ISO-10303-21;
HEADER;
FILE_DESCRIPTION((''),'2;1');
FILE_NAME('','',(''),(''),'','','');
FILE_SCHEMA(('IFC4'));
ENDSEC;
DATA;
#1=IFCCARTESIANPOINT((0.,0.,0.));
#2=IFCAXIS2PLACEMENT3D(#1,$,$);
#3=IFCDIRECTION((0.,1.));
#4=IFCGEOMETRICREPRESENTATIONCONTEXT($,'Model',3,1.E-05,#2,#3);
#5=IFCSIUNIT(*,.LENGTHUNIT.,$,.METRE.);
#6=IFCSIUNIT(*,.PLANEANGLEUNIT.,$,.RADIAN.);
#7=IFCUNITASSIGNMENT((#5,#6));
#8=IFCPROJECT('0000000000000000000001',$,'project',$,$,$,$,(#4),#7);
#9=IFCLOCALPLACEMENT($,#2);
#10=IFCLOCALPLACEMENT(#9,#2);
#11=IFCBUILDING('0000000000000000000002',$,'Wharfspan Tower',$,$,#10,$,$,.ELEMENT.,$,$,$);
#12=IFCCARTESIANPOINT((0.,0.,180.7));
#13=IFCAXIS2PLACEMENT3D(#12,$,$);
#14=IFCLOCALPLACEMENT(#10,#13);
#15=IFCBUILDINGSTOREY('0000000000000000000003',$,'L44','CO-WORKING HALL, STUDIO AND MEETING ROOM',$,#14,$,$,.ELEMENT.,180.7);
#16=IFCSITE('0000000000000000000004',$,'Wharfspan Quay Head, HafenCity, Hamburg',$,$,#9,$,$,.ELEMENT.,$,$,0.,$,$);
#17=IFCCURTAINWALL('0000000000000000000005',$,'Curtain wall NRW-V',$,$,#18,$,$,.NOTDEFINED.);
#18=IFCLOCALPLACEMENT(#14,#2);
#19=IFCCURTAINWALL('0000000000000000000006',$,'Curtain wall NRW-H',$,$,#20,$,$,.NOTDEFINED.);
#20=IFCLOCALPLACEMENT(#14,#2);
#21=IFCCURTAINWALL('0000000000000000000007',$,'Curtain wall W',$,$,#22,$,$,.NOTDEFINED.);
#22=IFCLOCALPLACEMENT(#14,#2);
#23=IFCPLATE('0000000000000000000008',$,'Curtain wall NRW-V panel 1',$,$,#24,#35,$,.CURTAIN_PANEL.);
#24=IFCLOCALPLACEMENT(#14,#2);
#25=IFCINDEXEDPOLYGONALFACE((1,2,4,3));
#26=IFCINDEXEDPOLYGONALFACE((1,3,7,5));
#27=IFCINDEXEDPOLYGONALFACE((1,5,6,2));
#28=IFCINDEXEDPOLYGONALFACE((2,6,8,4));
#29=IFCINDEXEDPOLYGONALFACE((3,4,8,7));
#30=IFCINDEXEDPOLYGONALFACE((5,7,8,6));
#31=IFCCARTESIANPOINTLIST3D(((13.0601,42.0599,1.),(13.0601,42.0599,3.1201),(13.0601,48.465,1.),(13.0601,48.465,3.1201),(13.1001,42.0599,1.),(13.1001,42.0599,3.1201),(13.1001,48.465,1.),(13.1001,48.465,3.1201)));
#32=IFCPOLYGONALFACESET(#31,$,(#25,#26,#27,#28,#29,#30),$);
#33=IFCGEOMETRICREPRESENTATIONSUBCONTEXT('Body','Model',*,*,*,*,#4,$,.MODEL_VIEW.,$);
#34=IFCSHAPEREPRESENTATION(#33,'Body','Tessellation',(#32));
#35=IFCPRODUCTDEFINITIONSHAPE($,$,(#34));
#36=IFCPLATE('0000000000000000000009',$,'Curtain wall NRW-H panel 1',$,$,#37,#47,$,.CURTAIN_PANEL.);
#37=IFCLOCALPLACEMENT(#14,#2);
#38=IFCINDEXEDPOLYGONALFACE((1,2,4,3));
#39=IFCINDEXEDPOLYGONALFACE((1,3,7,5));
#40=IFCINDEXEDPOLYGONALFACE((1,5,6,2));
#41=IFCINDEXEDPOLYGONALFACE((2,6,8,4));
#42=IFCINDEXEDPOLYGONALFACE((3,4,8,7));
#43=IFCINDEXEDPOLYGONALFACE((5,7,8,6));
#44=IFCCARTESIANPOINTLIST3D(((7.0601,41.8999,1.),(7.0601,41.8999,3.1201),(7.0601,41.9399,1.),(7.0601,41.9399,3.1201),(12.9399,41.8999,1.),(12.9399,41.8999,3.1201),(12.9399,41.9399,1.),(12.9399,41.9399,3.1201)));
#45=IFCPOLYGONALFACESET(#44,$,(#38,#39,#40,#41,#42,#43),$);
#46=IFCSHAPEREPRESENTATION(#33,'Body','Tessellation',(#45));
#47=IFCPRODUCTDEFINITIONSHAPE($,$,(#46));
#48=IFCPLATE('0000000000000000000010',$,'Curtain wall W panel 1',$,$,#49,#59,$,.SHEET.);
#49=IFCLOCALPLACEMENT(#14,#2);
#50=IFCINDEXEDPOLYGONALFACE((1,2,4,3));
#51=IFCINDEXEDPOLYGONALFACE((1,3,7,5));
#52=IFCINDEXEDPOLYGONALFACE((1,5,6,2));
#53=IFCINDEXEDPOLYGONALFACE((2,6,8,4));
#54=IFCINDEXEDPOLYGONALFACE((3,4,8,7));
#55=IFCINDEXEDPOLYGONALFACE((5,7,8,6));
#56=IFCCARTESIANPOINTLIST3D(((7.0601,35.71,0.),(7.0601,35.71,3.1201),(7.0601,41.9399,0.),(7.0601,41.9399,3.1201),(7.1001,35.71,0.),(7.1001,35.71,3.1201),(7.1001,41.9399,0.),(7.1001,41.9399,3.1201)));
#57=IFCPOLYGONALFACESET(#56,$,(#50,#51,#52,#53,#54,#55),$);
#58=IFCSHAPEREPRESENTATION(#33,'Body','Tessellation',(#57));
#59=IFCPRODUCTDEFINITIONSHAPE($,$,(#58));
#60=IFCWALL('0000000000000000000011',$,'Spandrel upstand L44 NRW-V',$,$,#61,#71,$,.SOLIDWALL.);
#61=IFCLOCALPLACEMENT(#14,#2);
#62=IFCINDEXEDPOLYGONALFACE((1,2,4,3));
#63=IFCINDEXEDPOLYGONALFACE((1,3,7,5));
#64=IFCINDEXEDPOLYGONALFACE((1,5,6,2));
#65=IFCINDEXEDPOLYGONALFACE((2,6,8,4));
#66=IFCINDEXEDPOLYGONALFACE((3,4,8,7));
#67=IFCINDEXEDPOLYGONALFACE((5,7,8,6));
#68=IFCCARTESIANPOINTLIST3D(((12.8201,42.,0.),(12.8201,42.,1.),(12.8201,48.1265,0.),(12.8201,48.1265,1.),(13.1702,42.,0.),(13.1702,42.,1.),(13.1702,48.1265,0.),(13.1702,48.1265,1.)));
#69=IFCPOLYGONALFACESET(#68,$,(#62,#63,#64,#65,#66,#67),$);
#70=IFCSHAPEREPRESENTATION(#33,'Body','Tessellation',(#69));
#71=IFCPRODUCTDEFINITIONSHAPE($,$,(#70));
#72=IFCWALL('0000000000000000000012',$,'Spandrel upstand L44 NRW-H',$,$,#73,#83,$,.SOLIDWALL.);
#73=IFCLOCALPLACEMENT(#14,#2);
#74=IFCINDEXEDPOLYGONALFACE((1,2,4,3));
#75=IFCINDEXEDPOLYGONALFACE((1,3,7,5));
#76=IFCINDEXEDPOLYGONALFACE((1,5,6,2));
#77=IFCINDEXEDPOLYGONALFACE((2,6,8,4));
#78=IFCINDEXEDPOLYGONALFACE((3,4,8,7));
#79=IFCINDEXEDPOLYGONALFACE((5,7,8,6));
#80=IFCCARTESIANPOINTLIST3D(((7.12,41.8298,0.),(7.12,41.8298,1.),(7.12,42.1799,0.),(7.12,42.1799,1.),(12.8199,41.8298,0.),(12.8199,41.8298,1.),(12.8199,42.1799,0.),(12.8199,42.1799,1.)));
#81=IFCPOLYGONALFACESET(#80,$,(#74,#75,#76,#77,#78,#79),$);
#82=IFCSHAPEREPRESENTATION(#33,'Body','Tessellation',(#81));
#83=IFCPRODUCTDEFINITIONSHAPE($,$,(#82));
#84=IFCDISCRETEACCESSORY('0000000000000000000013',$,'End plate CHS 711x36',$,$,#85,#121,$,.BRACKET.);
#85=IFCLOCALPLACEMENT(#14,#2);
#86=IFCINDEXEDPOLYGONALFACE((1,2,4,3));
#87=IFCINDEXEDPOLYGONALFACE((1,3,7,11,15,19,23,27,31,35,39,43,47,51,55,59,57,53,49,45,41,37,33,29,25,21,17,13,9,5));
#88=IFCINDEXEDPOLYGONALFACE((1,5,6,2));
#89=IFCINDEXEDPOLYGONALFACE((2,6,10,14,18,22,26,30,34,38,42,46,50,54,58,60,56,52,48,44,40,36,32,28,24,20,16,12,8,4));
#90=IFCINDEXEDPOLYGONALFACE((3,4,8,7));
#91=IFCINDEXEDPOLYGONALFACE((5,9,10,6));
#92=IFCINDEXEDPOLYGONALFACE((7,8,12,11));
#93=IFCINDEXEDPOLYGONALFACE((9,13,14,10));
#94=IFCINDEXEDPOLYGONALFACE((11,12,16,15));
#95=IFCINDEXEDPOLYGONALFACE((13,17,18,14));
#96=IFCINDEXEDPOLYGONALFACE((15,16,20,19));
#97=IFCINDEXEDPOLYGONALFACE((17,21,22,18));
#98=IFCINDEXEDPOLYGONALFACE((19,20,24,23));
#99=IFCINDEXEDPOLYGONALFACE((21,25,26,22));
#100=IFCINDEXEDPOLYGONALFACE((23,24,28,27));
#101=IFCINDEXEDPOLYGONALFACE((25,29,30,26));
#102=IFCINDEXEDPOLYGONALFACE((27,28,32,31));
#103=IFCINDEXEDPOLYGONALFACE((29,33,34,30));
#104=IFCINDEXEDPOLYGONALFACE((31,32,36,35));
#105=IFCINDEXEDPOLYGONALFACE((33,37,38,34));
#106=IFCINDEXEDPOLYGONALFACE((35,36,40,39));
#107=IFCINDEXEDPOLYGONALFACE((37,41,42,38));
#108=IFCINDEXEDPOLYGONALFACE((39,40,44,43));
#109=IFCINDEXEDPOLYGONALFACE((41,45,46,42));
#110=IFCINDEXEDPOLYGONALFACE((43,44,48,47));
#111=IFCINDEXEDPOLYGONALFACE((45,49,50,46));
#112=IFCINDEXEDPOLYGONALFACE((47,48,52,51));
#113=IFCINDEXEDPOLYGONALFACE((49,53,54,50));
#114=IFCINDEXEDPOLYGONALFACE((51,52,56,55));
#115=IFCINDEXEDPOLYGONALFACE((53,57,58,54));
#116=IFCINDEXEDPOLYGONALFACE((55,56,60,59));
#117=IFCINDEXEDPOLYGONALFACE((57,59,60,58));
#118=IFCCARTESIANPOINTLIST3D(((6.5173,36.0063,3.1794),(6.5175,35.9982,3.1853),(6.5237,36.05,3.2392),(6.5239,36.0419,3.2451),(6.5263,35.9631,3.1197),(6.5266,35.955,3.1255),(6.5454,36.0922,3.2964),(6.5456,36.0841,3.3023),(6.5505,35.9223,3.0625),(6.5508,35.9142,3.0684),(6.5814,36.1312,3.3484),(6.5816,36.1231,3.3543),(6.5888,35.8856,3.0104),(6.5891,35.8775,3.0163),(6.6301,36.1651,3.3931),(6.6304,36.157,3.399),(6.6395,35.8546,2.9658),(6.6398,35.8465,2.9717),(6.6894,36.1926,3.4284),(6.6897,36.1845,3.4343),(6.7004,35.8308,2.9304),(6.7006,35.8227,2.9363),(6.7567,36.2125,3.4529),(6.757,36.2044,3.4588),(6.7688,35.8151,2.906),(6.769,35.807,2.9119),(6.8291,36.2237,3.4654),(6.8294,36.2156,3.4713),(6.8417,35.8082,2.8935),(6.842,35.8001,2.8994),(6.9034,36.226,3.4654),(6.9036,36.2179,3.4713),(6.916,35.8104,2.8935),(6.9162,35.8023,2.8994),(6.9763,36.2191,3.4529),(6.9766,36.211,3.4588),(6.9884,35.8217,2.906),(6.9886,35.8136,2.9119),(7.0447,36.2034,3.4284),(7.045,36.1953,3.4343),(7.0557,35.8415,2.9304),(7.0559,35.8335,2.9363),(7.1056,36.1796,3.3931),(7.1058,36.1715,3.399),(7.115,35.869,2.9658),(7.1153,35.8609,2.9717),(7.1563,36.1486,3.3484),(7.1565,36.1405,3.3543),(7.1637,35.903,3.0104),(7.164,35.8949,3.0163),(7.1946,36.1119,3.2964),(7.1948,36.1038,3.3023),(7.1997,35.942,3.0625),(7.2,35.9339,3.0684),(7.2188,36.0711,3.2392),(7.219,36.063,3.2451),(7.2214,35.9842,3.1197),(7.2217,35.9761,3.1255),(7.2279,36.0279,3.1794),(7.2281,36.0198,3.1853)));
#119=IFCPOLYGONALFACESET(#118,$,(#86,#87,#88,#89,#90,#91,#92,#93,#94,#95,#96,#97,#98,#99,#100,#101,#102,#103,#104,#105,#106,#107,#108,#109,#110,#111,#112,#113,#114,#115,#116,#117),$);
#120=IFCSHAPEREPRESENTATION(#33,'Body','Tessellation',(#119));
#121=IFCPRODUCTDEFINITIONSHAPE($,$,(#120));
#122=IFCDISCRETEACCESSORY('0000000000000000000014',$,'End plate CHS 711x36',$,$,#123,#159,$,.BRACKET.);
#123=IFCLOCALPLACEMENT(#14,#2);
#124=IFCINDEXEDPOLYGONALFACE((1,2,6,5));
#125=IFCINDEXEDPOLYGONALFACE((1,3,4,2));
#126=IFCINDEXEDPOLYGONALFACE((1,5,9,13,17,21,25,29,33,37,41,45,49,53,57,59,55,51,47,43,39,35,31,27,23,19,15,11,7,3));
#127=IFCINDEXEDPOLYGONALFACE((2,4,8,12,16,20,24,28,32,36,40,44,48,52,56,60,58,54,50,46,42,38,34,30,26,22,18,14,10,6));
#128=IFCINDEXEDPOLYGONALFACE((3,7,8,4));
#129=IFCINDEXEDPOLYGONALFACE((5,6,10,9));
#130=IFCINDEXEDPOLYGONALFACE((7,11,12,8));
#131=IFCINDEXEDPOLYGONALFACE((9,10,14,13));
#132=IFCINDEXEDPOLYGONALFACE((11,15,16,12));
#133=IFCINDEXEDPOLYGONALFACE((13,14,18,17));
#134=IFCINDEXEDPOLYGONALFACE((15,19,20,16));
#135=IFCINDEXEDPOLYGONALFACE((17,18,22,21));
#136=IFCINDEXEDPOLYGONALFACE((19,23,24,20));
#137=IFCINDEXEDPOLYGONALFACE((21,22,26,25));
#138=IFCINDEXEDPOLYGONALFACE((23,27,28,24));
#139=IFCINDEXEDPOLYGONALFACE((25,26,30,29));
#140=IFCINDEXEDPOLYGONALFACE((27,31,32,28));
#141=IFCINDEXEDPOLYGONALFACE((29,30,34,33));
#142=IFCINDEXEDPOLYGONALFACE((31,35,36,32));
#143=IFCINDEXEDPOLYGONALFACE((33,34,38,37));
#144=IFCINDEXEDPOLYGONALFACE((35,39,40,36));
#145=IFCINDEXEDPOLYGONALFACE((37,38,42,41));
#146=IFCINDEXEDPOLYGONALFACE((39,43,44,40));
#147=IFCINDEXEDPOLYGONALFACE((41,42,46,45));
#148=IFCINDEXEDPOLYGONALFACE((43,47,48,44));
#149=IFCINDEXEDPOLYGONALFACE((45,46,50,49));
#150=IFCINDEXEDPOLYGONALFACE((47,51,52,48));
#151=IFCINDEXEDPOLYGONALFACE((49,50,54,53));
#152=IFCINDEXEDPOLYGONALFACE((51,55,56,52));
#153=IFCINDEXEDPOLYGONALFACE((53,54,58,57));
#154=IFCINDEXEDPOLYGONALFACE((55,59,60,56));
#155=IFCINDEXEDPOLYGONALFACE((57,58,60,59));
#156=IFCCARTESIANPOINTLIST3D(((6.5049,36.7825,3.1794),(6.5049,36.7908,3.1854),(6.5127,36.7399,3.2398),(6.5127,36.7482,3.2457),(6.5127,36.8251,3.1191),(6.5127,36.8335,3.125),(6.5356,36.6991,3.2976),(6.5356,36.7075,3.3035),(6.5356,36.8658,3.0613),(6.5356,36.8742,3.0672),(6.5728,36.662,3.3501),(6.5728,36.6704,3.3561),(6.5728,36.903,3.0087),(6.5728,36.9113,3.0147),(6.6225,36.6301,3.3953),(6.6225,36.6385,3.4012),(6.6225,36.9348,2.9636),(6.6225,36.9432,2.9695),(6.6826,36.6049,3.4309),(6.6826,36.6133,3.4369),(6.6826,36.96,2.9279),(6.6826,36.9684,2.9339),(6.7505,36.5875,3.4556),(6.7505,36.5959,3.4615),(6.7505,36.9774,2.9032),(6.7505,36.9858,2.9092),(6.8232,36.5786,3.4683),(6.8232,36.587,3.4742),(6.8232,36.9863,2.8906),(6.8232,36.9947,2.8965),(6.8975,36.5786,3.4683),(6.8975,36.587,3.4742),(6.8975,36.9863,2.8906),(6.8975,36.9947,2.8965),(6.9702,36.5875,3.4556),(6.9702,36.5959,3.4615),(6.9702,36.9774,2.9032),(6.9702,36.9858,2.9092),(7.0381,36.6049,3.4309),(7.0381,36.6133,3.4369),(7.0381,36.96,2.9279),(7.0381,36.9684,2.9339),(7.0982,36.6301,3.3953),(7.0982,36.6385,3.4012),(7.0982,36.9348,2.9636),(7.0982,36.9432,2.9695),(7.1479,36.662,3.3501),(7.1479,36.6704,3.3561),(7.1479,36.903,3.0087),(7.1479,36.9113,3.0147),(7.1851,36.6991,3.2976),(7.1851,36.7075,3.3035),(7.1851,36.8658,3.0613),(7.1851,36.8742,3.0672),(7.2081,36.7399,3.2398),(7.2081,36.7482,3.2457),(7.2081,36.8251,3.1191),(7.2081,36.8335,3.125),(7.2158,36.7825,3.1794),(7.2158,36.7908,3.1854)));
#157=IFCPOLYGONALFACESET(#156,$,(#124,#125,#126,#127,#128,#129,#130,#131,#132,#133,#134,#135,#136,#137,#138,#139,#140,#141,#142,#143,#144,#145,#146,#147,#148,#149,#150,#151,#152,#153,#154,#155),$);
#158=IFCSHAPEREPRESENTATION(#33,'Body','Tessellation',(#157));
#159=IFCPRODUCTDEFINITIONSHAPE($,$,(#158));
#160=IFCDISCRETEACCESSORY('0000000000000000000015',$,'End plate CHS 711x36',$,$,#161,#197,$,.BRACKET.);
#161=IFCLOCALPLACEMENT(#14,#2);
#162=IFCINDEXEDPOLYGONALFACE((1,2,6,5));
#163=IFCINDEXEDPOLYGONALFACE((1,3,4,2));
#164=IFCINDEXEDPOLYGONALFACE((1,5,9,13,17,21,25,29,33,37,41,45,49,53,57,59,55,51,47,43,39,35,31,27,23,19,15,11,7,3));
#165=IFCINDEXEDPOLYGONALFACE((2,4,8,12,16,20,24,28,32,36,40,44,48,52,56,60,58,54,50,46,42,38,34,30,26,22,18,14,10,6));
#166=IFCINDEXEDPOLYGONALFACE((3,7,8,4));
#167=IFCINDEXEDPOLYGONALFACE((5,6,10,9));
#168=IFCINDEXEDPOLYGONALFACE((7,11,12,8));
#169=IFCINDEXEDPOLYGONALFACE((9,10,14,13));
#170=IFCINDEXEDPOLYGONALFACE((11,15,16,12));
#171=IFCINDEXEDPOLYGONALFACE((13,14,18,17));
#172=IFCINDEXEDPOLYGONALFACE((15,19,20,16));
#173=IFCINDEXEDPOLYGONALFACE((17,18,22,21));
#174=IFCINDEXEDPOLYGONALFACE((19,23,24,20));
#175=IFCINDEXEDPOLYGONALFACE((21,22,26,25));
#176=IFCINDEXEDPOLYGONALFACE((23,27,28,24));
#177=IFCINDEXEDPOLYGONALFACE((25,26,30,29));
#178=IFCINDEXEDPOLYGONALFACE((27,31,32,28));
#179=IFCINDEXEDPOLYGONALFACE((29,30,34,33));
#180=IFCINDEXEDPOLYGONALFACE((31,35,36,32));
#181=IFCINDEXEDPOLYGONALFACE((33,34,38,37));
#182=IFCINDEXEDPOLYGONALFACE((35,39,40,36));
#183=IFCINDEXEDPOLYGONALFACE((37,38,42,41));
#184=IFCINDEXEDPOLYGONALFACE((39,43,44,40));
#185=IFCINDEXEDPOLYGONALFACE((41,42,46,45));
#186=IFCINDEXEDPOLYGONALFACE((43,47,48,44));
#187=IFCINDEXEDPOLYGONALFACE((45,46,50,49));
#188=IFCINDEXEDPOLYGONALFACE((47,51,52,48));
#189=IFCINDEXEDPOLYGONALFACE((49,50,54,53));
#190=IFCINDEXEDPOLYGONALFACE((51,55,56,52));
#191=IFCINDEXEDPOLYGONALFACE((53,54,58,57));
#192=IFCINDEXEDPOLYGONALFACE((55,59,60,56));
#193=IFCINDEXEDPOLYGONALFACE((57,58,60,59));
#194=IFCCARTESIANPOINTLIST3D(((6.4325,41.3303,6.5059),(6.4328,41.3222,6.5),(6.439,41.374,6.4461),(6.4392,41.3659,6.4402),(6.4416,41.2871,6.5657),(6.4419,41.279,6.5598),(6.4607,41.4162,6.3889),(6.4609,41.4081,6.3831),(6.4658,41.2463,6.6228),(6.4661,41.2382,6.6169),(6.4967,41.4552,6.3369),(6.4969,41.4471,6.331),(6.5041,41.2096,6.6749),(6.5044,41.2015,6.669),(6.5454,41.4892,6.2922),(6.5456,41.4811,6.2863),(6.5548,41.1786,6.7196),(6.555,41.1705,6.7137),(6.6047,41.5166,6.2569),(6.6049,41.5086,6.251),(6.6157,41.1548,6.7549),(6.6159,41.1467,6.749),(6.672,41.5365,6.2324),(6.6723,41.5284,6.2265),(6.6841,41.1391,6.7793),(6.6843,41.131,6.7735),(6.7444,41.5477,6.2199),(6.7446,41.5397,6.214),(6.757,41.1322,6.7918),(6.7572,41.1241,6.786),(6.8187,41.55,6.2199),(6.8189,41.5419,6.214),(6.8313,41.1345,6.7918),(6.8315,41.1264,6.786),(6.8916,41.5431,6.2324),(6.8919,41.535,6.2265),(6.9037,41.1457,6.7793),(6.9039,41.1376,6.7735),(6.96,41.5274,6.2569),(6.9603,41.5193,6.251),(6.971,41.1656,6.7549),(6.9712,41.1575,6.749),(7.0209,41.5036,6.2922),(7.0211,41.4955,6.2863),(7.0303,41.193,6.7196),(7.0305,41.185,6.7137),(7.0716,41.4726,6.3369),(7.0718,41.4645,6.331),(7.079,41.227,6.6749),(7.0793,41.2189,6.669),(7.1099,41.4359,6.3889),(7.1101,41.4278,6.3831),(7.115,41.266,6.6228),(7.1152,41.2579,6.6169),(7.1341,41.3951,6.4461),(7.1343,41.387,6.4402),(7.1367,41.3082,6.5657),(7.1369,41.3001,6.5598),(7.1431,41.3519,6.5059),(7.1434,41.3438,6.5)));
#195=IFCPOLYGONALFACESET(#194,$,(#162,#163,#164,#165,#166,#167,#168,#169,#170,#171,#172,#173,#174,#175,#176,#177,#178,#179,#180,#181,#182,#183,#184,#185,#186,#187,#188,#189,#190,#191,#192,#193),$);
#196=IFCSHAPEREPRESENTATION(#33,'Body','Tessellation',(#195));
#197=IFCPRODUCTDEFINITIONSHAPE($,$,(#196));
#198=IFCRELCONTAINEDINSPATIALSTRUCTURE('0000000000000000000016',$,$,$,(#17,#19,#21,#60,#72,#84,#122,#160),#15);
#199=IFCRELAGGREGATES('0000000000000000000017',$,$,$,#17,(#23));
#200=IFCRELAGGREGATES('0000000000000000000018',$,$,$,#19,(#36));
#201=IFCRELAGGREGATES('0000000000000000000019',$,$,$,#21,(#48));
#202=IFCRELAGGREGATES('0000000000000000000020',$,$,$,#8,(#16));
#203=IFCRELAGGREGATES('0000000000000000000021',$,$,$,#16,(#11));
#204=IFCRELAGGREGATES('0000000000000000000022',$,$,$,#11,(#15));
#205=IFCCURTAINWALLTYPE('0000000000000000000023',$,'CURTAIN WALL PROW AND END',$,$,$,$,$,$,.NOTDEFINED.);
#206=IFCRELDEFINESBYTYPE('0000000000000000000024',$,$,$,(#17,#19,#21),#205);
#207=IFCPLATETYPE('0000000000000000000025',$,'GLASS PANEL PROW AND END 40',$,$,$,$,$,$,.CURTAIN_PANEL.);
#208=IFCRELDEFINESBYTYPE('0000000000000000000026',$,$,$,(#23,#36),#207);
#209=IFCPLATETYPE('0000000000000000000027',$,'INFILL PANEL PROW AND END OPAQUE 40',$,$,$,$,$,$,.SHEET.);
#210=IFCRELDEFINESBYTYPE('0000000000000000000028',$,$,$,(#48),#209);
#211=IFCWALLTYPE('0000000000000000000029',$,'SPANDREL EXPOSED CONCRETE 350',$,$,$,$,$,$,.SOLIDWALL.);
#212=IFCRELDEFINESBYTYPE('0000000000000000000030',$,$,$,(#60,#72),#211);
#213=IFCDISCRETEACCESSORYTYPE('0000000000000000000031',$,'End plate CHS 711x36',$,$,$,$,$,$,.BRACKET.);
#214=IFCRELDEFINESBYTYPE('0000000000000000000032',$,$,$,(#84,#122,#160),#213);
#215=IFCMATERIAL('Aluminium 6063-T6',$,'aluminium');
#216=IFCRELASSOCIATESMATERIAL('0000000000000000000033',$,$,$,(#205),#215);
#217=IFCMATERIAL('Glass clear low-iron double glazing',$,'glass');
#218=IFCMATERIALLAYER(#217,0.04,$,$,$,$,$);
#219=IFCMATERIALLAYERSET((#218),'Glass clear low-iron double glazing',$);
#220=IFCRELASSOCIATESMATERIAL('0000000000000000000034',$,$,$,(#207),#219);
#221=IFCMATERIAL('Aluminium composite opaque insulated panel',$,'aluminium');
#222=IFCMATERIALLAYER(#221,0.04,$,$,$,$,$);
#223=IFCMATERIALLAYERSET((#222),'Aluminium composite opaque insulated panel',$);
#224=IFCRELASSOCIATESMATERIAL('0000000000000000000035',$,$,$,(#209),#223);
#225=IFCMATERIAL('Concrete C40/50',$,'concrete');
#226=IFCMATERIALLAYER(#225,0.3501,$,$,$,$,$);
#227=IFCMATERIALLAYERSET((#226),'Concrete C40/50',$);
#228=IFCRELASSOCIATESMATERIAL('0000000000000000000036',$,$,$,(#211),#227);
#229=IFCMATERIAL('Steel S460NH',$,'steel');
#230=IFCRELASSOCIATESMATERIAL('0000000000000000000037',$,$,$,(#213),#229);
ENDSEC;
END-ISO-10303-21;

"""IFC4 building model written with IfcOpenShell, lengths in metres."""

from ifc_helpers import new_model, si_unit, direction, frame, frame_2d, origin, origin_2d, place, context, subcontext, project, spatial, rectangle, circle, extrude, material, layer, layer_set, material_profile, profile_set, type_object, element, aggregate, save


model = new_model("IFC4")

# Units and contexts
model_context = context("Model", 3, precision=1e-05, world=origin(), true_north=direction((0.0, 1.0)))
body_context = subcontext(model_context, "Body", "Model", "MODEL_VIEW")
ifc_project = project(units=[si_unit("LENGTHUNIT", "METRE"), si_unit("PLANEANGLEUNIT", "RADIAN")], contexts=[model_context])

# Site, building, storey
site_placement = place(None, origin())
site = spatial("IfcSite", under=ifc_project, at=site_placement, Name="Wharfspan Quay Head, HafenCity, Hamburg", CompositionType="ELEMENT", RefElevation=0.0)
building_placement = place(site_placement, origin())
building = spatial("IfcBuilding", under=site, at=building_placement, Name="Wharfspan Tower", CompositionType="ELEMENT")
storey_placement = place(building_placement, frame((0.0, 0.0, 180.7)))
storey = spatial("IfcBuildingStorey", under=building, at=storey_placement, Name="L44", Description="CO-WORKING HALL, STUDIO AND MEETING ROOM", CompositionType="ELEMENT", Elevation=180.7)

# Curtain walls
ifc_material_1 = material(Name="Aluminium 6063-T6", Category="aluminium")
curtain_wall_type = type_object("IfcCurtainWallType", Name="CURTAIN WALL PROW AND END", PredefinedType="NOTDEFINED", material=ifc_material_1)
curtain_wall_1_placement = place(storey_placement, origin())
curtain_wall_1 = element("IfcCurtainWall", 1, at=curtain_wall_1_placement, inside=storey, type_object=curtain_wall_type, Name="Curtain wall NRW-V", PredefinedType="NOTDEFINED")
curtain_wall_2_placement = place(storey_placement, origin())
curtain_wall_2 = element("IfcCurtainWall", 2, at=curtain_wall_2_placement, inside=storey, type_object=curtain_wall_type, Name="Curtain wall NRW-H", PredefinedType="NOTDEFINED")
curtain_wall_3_placement = place(storey_placement, origin())
curtain_wall_3 = element("IfcCurtainWall", 3, at=curtain_wall_3_placement, inside=storey, type_object=curtain_wall_type, Name="Curtain wall W", PredefinedType="NOTDEFINED")

# Shared definitions
ifc_material_2 = material(Name="Steel S460NH", Category="steel")

# Plates
ifc_material_3 = material(Name="Glass clear low-iron double glazing", Category="glass")
ifc_layer_1 = layer(ifc_material_3, 0.04)
ifc_layer_set_1 = layer_set([ifc_layer_1], Name="Glass clear low-iron double glazing")
plate_type_1 = type_object("IfcPlateType", Name="GLASS PANEL PROW AND END 40", PredefinedType="CURTAIN_PANEL", material=ifc_layer_set_1)
plate_1_placement = place(storey_placement, frame((13.0801, 45.2625, 1.0), z_axis=(0.0, 0.0, 1.0), x_axis=(0.0, -1.0, 0.0)))
plate_1 = element("IfcPlate", 4, at=plate_1_placement, type_object=plate_type_1, Name="Curtain wall NRW-V panel 1", PredefinedType="CURTAIN_PANEL", context=body_context, shape_type="SweptSolid", body=[
    extrude(rectangle(XDim=6.405, YDim=0.04, at=origin_2d()), origin(), (0.0, 0.0, 1.0), 2.1201),
])
aggregate(curtain_wall_1, [plate_1])
plate_2_placement = place(storey_placement, frame((10.0, 41.9199, 1.0), z_axis=(0.0, 0.0, 1.0), x_axis=(-1.0, 0.0, 0.0)))
plate_2 = element("IfcPlate", 5, at=plate_2_placement, type_object=plate_type_1, Name="Curtain wall NRW-H panel 1", PredefinedType="CURTAIN_PANEL", context=body_context, shape_type="SweptSolid", body=[
    extrude(rectangle(XDim=5.8799, YDim=0.04, at=origin_2d()), origin(), (0.0, 0.0, 1.0), 2.1201),
])
aggregate(curtain_wall_2, [plate_2])
ifc_material_4 = material(Name="Aluminium composite opaque insulated panel", Category="aluminium")
ifc_layer_2 = layer(ifc_material_4, 0.04)
ifc_layer_set_2 = layer_set([ifc_layer_2], Name="Aluminium composite opaque insulated panel")
plate_type_2 = type_object("IfcPlateType", Name="INFILL PANEL PROW AND END OPAQUE 40", PredefinedType="SHEET", material=ifc_layer_set_2)
plate_3_placement = place(storey_placement, frame((7.0801, 38.825, 0.0), z_axis=(0.0, 0.0, 1.0), x_axis=(0.0, -1.0, 0.0)))
plate_3 = element("IfcPlate", 6, at=plate_3_placement, type_object=plate_type_2, Name="Curtain wall W panel 1", PredefinedType="SHEET", context=body_context, shape_type="SweptSolid", body=[
    extrude(rectangle(XDim=6.23, YDim=0.04, at=origin_2d()), origin(), (0.0, 0.0, 1.0), 3.1201),
])
aggregate(curtain_wall_3, [plate_3])

# Walls
ifc_material_5 = material(Name="Concrete C40/50", Category="concrete")
ifc_layer_3 = layer(ifc_material_5, 0.3501)
ifc_layer_set_3 = layer_set([ifc_layer_3], Name="Concrete C40/50")
wall_type = type_object("IfcWallType", Name="SPANDREL EXPOSED CONCRETE 350", PredefinedType="SOLIDWALL", material=ifc_layer_set_3)
wall_1_placement = place(storey_placement, frame((12.9951, 48.1265, 0.0), z_axis=(0.0, 0.0, 1.0), x_axis=(0.0, -1.0, 0.0)))
element("IfcWall", 7, at=wall_1_placement, inside=storey, type_object=wall_type, Name="Spandrel upstand L44 NRW-V", PredefinedType="SOLIDWALL", context=body_context, shape_type="SweptSolid", body=[
    extrude(rectangle(XDim=6.1265, YDim=0.3501, at=frame_2d((3.0632, 0.0))), origin(), (0.0, 0.0, 1.0), 1.0),
])
wall_2_placement = place(storey_placement, frame((12.8201, 42.0049, 0.0), z_axis=(0.0, 0.0, 1.0), x_axis=(-1.0, 0.0, 0.0)))
element("IfcWall", 8, at=wall_2_placement, inside=storey, type_object=wall_type, Name="Spandrel upstand L44 NRW-H", PredefinedType="SOLIDWALL", context=body_context, shape_type="SweptSolid", body=[
    extrude(rectangle(XDim=5.7, YDim=0.3501, at=frame_2d((2.8501, 0.0))), origin(), (0.0, 0.0, 1.0), 1.0),
])

# Discrete accessories
ifc_material_profile_1 = material_profile(ifc_material_2, circle(Radius=0.3555, at=origin_2d()))
ifc_profile_set_1 = profile_set([ifc_material_profile_1], Name="Steel S460NH")
discrete_accessory_type = type_object("IfcDiscreteAccessoryType", Name="End plate CHS 711x36", PredefinedType="BRACKET", material=ifc_profile_set_1)
discrete_accessory_1_placement = place(storey_placement, frame((6.8726, 36.0171, 3.1794), z_axis=(0.0245, -0.808493, 0.587995), x_axis=(0.999537, 0.03029, 0.000001)))
element("IfcDiscreteAccessory", 9, at=discrete_accessory_1_placement, inside=storey, type_object=discrete_accessory_type, Name="End plate CHS 711x36", PredefinedType="BRACKET", context=body_context, shape_type="SweptSolid", body=[
    extrude(circle(Radius=0.3555, at=origin_2d()), origin(), (0.0, 0.0, 1.0), 0.01),
])
discrete_accessory_2_placement = place(storey_placement, frame((6.8604, 36.7825, 3.1794), z_axis=(0.0, 0.816968, 0.576683), x_axis=(-1.0, 0.0, 0.0)))
element("IfcDiscreteAccessory", 10, at=discrete_accessory_2_placement, inside=storey, type_object=discrete_accessory_type, Name="End plate CHS 711x36", PredefinedType="BRACKET", context=body_context, shape_type="SweptSolid", body=[
    extrude(circle(Radius=0.3555, at=origin_2d()), origin(), (0.0, 0.0, 1.0), 0.0103),
])
discrete_accessory_3_placement = place(storey_placement, frame((6.7881, 41.333, 6.5), z_axis=(-0.0245, 0.808493, 0.587995), x_axis=(-0.999537, -0.03029, 0.000001)))
element("IfcDiscreteAccessory", 11, at=discrete_accessory_3_placement, inside=storey, type_object=discrete_accessory_type, Name="End plate CHS 711x36", PredefinedType="BRACKET", context=body_context, shape_type="SweptSolid", body=[
    extrude(circle(Radius=0.3555, at=origin_2d()), origin(), (0.0, 0.0, 1.0), 0.01),
])

save(model, "model.ifc")
